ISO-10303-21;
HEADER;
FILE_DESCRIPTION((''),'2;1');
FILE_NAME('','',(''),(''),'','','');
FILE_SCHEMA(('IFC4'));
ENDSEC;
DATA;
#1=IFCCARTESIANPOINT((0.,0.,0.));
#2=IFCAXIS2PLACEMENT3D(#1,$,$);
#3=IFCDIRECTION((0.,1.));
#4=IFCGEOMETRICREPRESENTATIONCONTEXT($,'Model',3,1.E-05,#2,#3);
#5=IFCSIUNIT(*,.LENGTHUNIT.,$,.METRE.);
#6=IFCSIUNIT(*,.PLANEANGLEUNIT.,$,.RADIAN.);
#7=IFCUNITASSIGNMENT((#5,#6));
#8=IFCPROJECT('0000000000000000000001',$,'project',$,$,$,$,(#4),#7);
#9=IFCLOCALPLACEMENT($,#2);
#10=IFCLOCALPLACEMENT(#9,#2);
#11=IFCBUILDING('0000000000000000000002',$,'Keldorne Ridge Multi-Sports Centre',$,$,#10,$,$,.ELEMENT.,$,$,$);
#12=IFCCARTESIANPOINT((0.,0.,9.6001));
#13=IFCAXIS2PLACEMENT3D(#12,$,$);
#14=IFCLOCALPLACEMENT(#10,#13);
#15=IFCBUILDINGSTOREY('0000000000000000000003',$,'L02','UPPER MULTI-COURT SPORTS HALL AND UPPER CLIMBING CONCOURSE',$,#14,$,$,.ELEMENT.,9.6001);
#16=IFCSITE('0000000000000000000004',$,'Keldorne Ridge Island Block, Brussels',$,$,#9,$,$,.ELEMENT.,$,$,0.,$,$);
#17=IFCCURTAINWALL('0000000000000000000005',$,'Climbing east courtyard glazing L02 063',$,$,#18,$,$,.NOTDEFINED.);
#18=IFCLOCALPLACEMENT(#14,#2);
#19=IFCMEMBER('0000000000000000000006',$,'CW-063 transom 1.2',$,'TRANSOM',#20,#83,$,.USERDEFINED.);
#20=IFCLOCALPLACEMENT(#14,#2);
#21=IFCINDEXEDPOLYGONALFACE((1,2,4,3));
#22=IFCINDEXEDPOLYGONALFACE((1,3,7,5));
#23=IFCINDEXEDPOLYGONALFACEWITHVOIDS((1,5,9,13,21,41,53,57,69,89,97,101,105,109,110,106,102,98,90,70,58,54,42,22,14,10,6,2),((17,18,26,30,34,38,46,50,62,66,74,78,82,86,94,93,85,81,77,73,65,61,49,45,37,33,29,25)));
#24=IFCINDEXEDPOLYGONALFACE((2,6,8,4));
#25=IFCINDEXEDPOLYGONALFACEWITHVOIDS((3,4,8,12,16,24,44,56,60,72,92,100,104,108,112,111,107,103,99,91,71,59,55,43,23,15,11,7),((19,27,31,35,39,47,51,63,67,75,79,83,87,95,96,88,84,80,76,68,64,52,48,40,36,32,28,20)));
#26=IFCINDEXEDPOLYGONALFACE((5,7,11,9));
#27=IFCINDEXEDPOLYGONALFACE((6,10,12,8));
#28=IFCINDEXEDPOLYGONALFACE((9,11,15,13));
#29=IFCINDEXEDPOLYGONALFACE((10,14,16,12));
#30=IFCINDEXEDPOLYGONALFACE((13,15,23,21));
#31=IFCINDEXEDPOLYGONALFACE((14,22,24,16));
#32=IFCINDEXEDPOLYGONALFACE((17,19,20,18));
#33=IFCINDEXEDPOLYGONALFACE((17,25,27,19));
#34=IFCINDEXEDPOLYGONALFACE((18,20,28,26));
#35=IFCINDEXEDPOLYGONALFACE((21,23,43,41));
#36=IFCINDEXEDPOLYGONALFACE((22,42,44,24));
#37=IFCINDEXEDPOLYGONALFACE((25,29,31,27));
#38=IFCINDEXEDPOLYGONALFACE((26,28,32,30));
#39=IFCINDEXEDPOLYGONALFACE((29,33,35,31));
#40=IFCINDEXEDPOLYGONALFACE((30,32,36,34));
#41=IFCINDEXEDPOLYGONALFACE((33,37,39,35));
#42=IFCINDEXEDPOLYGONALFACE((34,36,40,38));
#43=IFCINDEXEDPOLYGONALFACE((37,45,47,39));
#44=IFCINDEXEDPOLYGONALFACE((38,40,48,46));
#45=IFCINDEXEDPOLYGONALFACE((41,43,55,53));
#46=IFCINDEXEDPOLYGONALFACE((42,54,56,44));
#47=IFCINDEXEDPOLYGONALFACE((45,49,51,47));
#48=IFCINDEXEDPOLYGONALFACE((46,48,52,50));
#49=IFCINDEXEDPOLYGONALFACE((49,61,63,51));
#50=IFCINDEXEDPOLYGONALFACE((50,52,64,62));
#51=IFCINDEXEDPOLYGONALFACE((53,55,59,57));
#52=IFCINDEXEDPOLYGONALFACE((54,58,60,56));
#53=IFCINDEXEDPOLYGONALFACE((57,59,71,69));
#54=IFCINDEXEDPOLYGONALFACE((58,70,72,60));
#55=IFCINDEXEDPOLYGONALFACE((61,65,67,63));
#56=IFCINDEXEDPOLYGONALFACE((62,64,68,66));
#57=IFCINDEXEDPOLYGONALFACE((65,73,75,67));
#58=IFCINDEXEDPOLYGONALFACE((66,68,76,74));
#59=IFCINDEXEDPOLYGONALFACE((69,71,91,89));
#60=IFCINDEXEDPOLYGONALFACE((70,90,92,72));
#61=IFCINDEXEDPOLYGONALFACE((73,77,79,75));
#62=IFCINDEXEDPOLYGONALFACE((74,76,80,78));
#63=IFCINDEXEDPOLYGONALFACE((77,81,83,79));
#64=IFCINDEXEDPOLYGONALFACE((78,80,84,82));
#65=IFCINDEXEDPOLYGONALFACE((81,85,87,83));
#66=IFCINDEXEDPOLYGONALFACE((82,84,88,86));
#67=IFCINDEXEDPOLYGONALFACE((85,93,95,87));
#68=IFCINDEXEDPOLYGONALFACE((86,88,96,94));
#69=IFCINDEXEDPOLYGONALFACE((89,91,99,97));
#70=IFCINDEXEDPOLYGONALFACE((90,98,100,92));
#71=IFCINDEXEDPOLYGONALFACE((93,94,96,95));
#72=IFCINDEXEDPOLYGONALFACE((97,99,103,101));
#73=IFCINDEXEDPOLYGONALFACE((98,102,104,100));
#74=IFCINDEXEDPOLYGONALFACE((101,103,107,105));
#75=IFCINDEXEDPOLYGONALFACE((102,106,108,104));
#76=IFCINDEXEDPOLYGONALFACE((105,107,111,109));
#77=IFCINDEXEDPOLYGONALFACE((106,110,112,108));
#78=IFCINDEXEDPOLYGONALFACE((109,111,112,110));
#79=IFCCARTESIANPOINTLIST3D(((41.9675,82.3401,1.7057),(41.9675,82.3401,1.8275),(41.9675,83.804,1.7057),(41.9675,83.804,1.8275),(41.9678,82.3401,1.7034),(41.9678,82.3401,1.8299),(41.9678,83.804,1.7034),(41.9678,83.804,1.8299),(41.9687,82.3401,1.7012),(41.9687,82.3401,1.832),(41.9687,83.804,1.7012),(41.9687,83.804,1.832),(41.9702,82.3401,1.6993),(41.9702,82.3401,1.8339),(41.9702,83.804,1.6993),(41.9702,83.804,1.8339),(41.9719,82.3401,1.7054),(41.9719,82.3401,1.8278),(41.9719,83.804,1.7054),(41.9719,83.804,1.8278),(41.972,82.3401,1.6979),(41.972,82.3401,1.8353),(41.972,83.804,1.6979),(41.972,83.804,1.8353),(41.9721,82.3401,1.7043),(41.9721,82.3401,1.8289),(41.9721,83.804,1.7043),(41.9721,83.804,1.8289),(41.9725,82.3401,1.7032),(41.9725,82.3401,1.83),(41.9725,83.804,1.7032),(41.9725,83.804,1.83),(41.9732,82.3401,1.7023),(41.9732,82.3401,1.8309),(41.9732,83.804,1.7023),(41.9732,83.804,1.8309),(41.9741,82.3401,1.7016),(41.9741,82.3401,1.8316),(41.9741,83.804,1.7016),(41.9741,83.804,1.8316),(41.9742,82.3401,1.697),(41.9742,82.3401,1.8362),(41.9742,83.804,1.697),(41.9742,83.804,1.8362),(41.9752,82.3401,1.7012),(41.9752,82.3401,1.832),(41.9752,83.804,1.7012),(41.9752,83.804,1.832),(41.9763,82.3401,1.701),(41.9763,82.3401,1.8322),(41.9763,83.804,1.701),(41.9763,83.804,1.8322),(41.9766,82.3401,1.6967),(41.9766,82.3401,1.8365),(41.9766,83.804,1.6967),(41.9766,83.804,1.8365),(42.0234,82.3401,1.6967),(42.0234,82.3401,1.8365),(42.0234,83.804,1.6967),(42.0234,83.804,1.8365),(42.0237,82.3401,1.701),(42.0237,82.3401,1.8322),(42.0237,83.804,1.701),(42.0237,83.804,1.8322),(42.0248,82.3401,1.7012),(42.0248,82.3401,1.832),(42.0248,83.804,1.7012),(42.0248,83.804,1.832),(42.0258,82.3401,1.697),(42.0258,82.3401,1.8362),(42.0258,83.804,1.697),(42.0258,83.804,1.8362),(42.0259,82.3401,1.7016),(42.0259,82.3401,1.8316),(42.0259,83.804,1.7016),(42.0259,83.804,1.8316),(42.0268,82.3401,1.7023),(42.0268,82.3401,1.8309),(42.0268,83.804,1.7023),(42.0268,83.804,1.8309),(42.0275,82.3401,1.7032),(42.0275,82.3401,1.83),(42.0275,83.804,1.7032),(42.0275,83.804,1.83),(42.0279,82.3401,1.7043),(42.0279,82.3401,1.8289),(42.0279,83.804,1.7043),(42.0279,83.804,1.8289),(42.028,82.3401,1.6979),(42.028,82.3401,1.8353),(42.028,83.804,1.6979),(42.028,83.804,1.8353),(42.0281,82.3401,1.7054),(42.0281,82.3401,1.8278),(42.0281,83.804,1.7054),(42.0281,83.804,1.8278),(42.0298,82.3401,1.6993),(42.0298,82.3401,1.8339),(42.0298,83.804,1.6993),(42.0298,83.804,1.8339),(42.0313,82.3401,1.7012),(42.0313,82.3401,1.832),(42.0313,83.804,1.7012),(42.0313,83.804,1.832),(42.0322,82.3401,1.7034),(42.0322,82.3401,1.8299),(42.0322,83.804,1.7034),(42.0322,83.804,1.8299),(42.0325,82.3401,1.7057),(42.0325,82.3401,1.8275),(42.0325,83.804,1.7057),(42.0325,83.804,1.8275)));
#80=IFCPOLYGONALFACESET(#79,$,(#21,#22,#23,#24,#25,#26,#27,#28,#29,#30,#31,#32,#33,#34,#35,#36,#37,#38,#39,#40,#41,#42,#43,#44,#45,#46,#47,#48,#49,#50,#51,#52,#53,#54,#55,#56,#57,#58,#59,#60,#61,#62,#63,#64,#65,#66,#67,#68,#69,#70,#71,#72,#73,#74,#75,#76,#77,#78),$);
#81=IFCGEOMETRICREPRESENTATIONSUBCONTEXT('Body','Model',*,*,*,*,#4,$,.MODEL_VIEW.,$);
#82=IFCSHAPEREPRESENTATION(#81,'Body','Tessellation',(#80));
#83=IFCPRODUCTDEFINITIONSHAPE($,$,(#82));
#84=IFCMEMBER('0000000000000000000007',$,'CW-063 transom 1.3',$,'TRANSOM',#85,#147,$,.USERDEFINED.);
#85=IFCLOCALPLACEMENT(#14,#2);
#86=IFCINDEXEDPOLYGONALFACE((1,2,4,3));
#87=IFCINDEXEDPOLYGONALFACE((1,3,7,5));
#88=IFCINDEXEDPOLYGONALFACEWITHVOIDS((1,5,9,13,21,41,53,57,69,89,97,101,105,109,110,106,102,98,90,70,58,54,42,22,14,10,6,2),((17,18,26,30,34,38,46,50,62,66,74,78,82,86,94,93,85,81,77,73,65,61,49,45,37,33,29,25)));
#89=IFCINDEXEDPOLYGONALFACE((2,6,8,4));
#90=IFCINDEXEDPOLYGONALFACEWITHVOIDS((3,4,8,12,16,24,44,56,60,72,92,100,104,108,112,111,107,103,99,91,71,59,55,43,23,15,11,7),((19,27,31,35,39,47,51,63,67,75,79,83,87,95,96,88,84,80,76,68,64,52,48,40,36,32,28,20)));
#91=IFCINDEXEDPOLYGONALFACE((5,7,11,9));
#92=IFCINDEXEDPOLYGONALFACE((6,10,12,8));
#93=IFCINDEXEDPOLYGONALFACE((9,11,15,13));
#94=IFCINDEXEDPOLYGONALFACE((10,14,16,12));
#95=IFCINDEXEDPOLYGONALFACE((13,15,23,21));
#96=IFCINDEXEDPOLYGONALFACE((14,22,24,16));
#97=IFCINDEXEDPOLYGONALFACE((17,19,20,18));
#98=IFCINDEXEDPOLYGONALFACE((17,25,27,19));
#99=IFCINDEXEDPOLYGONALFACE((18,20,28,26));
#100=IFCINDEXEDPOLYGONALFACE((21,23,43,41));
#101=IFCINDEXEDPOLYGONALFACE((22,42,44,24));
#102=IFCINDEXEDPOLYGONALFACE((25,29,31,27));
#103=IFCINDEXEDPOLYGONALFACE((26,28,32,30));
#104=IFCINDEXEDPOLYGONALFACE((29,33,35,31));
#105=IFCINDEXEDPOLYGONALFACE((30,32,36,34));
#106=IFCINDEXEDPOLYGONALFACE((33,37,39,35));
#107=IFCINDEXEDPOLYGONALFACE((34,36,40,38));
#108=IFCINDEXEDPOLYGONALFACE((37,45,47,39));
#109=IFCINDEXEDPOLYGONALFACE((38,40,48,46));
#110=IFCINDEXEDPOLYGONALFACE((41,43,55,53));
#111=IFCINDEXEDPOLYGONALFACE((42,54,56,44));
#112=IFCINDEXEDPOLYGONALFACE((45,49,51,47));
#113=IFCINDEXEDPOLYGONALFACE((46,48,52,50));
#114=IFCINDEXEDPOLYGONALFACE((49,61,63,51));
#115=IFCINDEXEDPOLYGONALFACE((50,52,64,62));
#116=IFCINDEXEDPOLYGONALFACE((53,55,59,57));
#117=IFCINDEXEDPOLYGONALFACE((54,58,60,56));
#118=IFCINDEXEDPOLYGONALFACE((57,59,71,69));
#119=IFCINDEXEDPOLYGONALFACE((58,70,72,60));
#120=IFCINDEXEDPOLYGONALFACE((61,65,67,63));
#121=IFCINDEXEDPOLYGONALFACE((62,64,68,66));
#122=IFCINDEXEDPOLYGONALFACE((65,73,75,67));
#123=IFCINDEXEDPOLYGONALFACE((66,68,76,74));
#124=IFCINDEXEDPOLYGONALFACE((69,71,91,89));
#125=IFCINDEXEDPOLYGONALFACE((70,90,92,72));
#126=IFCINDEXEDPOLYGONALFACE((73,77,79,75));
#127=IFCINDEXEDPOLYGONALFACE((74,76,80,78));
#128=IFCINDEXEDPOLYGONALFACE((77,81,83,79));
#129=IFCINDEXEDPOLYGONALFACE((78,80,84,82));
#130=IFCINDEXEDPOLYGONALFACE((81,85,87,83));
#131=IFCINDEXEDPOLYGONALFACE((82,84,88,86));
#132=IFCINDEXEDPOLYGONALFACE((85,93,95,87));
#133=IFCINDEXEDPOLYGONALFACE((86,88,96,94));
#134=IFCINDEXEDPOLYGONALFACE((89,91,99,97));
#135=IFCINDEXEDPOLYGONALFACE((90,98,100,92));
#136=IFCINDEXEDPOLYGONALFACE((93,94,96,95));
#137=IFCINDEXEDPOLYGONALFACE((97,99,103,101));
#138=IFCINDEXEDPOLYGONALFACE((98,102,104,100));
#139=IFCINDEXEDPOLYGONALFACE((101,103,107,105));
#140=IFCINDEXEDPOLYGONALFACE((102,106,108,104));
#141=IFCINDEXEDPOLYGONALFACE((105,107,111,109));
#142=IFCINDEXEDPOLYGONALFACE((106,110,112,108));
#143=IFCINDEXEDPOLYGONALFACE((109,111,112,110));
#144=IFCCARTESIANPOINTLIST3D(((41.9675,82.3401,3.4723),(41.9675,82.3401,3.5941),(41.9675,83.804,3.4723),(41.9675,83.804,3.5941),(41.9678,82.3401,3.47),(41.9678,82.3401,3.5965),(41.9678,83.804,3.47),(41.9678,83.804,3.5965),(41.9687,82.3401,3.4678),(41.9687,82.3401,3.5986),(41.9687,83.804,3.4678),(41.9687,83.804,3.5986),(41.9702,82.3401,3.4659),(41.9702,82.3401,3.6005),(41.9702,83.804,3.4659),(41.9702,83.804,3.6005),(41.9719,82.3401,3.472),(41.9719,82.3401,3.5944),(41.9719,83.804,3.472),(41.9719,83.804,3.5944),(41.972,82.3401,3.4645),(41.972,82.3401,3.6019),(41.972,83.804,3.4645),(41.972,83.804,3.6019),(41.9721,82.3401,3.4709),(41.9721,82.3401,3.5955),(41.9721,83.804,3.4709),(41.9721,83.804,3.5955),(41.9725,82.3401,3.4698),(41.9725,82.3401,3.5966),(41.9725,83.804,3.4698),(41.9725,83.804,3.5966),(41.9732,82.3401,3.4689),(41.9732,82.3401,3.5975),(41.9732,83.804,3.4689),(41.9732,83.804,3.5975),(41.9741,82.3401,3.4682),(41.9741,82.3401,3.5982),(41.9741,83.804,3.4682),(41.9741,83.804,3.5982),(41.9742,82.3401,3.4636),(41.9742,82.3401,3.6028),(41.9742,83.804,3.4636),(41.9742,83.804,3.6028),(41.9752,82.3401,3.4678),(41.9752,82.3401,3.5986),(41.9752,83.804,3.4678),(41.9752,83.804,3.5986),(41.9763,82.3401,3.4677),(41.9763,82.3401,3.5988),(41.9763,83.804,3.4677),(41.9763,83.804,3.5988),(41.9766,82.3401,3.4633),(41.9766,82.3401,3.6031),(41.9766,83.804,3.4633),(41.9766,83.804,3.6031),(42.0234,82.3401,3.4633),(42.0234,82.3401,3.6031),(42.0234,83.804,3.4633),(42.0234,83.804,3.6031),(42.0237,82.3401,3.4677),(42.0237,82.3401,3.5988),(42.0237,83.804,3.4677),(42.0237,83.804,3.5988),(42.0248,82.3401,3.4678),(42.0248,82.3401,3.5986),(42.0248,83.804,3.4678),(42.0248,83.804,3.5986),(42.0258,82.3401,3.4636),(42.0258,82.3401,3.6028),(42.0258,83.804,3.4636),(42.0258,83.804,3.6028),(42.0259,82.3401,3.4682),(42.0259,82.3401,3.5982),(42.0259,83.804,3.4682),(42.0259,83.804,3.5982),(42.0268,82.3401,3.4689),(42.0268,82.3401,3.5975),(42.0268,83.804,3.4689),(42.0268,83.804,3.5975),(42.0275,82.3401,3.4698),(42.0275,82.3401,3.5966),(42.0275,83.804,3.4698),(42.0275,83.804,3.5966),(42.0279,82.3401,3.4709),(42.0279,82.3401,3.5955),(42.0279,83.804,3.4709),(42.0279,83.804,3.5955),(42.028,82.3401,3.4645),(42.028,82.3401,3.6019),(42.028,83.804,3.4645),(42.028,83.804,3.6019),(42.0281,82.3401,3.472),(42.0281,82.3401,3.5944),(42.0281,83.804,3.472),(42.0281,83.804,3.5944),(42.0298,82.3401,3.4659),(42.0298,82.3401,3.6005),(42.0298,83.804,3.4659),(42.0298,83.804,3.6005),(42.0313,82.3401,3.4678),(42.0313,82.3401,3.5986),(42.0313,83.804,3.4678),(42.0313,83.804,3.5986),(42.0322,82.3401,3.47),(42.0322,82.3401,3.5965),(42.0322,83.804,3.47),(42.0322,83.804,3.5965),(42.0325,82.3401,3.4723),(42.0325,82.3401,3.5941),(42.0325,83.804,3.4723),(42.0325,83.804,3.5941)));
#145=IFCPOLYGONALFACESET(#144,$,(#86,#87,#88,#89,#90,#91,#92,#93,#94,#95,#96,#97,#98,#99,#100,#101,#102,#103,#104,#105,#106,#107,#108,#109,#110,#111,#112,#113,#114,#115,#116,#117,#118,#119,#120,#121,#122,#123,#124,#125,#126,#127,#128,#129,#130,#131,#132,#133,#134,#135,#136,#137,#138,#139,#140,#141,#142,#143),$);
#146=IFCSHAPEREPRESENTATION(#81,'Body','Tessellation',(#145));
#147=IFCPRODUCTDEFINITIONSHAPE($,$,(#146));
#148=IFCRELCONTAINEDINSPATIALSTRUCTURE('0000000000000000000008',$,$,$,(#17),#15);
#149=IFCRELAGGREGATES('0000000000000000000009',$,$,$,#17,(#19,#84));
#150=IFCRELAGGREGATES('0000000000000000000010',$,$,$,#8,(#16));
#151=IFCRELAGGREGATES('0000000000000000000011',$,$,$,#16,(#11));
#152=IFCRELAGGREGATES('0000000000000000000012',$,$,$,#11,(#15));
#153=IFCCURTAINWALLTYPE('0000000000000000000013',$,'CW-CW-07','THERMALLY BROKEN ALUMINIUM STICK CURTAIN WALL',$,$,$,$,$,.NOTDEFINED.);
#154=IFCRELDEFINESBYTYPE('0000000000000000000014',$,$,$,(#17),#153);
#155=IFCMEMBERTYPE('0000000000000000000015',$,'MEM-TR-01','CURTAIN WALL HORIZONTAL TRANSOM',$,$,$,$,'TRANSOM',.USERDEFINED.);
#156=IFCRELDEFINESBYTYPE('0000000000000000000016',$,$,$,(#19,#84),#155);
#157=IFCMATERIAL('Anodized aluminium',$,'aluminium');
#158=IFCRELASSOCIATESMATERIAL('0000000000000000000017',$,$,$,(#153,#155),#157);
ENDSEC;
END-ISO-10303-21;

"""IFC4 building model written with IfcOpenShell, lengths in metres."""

from ifc_helpers import new_model, si_unit, direction, frame, origin, origin_2d, place, context, subcontext, project, spatial, hollow_rectangle, extrude, material, material_profile, profile_set, type_object, element, aggregate, save


model = new_model("IFC4")

# Units and contexts
model_context = context("Model", 3, precision=1e-05, world=origin(), true_north=direction((0.0, 1.0)))
body_context = subcontext(model_context, "Body", "Model", "MODEL_VIEW")
ifc_project = project(units=[si_unit("LENGTHUNIT", "METRE"), si_unit("PLANEANGLEUNIT", "RADIAN")], contexts=[model_context])

# Site, building, storey
site_placement = place(None, origin())
site = spatial("IfcSite", under=ifc_project, at=site_placement, Name="Keldorne Ridge Island Block, Brussels", CompositionType="ELEMENT", RefElevation=0.0)
building_placement = place(site_placement, origin())
building = spatial("IfcBuilding", under=site, at=building_placement, Name="Keldorne Ridge Multi-Sports Centre", CompositionType="ELEMENT")
storey_placement = place(building_placement, frame((0.0, 0.0, 9.6001)))
storey = spatial("IfcBuildingStorey", under=building, at=storey_placement, Name="L02", Description="UPPER MULTI-COURT SPORTS HALL AND UPPER CLIMBING CONCOURSE", CompositionType="ELEMENT", Elevation=9.6001)

# Curtain wall, members
ifc_material_1 = material(Name="Anodized aluminium", Category="aluminium")
curtain_wall_type = type_object("IfcCurtainWallType", Name="CW-CW-07", Description="THERMALLY BROKEN ALUMINIUM STICK CURTAIN WALL", PredefinedType="NOTDEFINED", material=ifc_material_1)
curtain_wall_placement = place(storey_placement, origin())
curtain_wall = element("IfcCurtainWall", 1, at=curtain_wall_placement, inside=storey, type_object=curtain_wall_type, Name="Climbing east courtyard glazing L02 063", PredefinedType="NOTDEFINED")
ifc_material_profile_1 = material_profile(ifc_material_1, hollow_rectangle(XDim=0.0649, YDim=0.1399, WallThickness=0.0044, InnerFilletRadius=0.0044, OuterFilletRadius=0.009, at=origin_2d()), Name="ALU TRANSOM 140x65x4.5")
ifc_profile_set_1 = profile_set([ifc_material_profile_1], Name="Anodized aluminium")
member_type_1 = type_object("IfcMemberType", Name="MEM-TR-01", Description="CURTAIN WALL HORIZONTAL TRANSOM", ElementType="TRANSOM", PredefinedType="USERDEFINED", material=ifc_profile_set_1)
member_1_placement = place(storey_placement, frame((42.0, 82.3401, 1.7666), z_axis=(0.0, 1.0, 0.0), x_axis=(-1.0, 0.0, 0.0)))
member_1 = element("IfcMember", 2, at=member_1_placement, type_object=member_type_1, Name="CW-063 transom 1.2", ObjectType="TRANSOM", PredefinedType="USERDEFINED", context=body_context, shape_type="SweptSolid", body=[
    extrude(hollow_rectangle(XDim=0.0649, YDim=0.1399, WallThickness=0.0044, InnerFilletRadius=0.0044, OuterFilletRadius=0.009, at=origin_2d()), origin(), (0.0, 0.0, 1.0), 1.4639),
])
member_2_placement = place(storey_placement, frame((42.0, 82.3401, 3.5332), z_axis=(0.0, 1.0, 0.0), x_axis=(-1.0, 0.0, 0.0)))
member_2 = element("IfcMember", 3, at=member_2_placement, type_object=member_type_1, Name="CW-063 transom 1.3", ObjectType="TRANSOM", PredefinedType="USERDEFINED", context=body_context, shape_type="SweptSolid", body=[
    extrude(hollow_rectangle(XDim=0.0649, YDim=0.1399, WallThickness=0.0044, InnerFilletRadius=0.0044, OuterFilletRadius=0.009, at=origin_2d()), origin(), (0.0, 0.0, 1.0), 1.4639),
])
aggregate(curtain_wall, [member_1, member_2])

save(model, "model.ifc")
